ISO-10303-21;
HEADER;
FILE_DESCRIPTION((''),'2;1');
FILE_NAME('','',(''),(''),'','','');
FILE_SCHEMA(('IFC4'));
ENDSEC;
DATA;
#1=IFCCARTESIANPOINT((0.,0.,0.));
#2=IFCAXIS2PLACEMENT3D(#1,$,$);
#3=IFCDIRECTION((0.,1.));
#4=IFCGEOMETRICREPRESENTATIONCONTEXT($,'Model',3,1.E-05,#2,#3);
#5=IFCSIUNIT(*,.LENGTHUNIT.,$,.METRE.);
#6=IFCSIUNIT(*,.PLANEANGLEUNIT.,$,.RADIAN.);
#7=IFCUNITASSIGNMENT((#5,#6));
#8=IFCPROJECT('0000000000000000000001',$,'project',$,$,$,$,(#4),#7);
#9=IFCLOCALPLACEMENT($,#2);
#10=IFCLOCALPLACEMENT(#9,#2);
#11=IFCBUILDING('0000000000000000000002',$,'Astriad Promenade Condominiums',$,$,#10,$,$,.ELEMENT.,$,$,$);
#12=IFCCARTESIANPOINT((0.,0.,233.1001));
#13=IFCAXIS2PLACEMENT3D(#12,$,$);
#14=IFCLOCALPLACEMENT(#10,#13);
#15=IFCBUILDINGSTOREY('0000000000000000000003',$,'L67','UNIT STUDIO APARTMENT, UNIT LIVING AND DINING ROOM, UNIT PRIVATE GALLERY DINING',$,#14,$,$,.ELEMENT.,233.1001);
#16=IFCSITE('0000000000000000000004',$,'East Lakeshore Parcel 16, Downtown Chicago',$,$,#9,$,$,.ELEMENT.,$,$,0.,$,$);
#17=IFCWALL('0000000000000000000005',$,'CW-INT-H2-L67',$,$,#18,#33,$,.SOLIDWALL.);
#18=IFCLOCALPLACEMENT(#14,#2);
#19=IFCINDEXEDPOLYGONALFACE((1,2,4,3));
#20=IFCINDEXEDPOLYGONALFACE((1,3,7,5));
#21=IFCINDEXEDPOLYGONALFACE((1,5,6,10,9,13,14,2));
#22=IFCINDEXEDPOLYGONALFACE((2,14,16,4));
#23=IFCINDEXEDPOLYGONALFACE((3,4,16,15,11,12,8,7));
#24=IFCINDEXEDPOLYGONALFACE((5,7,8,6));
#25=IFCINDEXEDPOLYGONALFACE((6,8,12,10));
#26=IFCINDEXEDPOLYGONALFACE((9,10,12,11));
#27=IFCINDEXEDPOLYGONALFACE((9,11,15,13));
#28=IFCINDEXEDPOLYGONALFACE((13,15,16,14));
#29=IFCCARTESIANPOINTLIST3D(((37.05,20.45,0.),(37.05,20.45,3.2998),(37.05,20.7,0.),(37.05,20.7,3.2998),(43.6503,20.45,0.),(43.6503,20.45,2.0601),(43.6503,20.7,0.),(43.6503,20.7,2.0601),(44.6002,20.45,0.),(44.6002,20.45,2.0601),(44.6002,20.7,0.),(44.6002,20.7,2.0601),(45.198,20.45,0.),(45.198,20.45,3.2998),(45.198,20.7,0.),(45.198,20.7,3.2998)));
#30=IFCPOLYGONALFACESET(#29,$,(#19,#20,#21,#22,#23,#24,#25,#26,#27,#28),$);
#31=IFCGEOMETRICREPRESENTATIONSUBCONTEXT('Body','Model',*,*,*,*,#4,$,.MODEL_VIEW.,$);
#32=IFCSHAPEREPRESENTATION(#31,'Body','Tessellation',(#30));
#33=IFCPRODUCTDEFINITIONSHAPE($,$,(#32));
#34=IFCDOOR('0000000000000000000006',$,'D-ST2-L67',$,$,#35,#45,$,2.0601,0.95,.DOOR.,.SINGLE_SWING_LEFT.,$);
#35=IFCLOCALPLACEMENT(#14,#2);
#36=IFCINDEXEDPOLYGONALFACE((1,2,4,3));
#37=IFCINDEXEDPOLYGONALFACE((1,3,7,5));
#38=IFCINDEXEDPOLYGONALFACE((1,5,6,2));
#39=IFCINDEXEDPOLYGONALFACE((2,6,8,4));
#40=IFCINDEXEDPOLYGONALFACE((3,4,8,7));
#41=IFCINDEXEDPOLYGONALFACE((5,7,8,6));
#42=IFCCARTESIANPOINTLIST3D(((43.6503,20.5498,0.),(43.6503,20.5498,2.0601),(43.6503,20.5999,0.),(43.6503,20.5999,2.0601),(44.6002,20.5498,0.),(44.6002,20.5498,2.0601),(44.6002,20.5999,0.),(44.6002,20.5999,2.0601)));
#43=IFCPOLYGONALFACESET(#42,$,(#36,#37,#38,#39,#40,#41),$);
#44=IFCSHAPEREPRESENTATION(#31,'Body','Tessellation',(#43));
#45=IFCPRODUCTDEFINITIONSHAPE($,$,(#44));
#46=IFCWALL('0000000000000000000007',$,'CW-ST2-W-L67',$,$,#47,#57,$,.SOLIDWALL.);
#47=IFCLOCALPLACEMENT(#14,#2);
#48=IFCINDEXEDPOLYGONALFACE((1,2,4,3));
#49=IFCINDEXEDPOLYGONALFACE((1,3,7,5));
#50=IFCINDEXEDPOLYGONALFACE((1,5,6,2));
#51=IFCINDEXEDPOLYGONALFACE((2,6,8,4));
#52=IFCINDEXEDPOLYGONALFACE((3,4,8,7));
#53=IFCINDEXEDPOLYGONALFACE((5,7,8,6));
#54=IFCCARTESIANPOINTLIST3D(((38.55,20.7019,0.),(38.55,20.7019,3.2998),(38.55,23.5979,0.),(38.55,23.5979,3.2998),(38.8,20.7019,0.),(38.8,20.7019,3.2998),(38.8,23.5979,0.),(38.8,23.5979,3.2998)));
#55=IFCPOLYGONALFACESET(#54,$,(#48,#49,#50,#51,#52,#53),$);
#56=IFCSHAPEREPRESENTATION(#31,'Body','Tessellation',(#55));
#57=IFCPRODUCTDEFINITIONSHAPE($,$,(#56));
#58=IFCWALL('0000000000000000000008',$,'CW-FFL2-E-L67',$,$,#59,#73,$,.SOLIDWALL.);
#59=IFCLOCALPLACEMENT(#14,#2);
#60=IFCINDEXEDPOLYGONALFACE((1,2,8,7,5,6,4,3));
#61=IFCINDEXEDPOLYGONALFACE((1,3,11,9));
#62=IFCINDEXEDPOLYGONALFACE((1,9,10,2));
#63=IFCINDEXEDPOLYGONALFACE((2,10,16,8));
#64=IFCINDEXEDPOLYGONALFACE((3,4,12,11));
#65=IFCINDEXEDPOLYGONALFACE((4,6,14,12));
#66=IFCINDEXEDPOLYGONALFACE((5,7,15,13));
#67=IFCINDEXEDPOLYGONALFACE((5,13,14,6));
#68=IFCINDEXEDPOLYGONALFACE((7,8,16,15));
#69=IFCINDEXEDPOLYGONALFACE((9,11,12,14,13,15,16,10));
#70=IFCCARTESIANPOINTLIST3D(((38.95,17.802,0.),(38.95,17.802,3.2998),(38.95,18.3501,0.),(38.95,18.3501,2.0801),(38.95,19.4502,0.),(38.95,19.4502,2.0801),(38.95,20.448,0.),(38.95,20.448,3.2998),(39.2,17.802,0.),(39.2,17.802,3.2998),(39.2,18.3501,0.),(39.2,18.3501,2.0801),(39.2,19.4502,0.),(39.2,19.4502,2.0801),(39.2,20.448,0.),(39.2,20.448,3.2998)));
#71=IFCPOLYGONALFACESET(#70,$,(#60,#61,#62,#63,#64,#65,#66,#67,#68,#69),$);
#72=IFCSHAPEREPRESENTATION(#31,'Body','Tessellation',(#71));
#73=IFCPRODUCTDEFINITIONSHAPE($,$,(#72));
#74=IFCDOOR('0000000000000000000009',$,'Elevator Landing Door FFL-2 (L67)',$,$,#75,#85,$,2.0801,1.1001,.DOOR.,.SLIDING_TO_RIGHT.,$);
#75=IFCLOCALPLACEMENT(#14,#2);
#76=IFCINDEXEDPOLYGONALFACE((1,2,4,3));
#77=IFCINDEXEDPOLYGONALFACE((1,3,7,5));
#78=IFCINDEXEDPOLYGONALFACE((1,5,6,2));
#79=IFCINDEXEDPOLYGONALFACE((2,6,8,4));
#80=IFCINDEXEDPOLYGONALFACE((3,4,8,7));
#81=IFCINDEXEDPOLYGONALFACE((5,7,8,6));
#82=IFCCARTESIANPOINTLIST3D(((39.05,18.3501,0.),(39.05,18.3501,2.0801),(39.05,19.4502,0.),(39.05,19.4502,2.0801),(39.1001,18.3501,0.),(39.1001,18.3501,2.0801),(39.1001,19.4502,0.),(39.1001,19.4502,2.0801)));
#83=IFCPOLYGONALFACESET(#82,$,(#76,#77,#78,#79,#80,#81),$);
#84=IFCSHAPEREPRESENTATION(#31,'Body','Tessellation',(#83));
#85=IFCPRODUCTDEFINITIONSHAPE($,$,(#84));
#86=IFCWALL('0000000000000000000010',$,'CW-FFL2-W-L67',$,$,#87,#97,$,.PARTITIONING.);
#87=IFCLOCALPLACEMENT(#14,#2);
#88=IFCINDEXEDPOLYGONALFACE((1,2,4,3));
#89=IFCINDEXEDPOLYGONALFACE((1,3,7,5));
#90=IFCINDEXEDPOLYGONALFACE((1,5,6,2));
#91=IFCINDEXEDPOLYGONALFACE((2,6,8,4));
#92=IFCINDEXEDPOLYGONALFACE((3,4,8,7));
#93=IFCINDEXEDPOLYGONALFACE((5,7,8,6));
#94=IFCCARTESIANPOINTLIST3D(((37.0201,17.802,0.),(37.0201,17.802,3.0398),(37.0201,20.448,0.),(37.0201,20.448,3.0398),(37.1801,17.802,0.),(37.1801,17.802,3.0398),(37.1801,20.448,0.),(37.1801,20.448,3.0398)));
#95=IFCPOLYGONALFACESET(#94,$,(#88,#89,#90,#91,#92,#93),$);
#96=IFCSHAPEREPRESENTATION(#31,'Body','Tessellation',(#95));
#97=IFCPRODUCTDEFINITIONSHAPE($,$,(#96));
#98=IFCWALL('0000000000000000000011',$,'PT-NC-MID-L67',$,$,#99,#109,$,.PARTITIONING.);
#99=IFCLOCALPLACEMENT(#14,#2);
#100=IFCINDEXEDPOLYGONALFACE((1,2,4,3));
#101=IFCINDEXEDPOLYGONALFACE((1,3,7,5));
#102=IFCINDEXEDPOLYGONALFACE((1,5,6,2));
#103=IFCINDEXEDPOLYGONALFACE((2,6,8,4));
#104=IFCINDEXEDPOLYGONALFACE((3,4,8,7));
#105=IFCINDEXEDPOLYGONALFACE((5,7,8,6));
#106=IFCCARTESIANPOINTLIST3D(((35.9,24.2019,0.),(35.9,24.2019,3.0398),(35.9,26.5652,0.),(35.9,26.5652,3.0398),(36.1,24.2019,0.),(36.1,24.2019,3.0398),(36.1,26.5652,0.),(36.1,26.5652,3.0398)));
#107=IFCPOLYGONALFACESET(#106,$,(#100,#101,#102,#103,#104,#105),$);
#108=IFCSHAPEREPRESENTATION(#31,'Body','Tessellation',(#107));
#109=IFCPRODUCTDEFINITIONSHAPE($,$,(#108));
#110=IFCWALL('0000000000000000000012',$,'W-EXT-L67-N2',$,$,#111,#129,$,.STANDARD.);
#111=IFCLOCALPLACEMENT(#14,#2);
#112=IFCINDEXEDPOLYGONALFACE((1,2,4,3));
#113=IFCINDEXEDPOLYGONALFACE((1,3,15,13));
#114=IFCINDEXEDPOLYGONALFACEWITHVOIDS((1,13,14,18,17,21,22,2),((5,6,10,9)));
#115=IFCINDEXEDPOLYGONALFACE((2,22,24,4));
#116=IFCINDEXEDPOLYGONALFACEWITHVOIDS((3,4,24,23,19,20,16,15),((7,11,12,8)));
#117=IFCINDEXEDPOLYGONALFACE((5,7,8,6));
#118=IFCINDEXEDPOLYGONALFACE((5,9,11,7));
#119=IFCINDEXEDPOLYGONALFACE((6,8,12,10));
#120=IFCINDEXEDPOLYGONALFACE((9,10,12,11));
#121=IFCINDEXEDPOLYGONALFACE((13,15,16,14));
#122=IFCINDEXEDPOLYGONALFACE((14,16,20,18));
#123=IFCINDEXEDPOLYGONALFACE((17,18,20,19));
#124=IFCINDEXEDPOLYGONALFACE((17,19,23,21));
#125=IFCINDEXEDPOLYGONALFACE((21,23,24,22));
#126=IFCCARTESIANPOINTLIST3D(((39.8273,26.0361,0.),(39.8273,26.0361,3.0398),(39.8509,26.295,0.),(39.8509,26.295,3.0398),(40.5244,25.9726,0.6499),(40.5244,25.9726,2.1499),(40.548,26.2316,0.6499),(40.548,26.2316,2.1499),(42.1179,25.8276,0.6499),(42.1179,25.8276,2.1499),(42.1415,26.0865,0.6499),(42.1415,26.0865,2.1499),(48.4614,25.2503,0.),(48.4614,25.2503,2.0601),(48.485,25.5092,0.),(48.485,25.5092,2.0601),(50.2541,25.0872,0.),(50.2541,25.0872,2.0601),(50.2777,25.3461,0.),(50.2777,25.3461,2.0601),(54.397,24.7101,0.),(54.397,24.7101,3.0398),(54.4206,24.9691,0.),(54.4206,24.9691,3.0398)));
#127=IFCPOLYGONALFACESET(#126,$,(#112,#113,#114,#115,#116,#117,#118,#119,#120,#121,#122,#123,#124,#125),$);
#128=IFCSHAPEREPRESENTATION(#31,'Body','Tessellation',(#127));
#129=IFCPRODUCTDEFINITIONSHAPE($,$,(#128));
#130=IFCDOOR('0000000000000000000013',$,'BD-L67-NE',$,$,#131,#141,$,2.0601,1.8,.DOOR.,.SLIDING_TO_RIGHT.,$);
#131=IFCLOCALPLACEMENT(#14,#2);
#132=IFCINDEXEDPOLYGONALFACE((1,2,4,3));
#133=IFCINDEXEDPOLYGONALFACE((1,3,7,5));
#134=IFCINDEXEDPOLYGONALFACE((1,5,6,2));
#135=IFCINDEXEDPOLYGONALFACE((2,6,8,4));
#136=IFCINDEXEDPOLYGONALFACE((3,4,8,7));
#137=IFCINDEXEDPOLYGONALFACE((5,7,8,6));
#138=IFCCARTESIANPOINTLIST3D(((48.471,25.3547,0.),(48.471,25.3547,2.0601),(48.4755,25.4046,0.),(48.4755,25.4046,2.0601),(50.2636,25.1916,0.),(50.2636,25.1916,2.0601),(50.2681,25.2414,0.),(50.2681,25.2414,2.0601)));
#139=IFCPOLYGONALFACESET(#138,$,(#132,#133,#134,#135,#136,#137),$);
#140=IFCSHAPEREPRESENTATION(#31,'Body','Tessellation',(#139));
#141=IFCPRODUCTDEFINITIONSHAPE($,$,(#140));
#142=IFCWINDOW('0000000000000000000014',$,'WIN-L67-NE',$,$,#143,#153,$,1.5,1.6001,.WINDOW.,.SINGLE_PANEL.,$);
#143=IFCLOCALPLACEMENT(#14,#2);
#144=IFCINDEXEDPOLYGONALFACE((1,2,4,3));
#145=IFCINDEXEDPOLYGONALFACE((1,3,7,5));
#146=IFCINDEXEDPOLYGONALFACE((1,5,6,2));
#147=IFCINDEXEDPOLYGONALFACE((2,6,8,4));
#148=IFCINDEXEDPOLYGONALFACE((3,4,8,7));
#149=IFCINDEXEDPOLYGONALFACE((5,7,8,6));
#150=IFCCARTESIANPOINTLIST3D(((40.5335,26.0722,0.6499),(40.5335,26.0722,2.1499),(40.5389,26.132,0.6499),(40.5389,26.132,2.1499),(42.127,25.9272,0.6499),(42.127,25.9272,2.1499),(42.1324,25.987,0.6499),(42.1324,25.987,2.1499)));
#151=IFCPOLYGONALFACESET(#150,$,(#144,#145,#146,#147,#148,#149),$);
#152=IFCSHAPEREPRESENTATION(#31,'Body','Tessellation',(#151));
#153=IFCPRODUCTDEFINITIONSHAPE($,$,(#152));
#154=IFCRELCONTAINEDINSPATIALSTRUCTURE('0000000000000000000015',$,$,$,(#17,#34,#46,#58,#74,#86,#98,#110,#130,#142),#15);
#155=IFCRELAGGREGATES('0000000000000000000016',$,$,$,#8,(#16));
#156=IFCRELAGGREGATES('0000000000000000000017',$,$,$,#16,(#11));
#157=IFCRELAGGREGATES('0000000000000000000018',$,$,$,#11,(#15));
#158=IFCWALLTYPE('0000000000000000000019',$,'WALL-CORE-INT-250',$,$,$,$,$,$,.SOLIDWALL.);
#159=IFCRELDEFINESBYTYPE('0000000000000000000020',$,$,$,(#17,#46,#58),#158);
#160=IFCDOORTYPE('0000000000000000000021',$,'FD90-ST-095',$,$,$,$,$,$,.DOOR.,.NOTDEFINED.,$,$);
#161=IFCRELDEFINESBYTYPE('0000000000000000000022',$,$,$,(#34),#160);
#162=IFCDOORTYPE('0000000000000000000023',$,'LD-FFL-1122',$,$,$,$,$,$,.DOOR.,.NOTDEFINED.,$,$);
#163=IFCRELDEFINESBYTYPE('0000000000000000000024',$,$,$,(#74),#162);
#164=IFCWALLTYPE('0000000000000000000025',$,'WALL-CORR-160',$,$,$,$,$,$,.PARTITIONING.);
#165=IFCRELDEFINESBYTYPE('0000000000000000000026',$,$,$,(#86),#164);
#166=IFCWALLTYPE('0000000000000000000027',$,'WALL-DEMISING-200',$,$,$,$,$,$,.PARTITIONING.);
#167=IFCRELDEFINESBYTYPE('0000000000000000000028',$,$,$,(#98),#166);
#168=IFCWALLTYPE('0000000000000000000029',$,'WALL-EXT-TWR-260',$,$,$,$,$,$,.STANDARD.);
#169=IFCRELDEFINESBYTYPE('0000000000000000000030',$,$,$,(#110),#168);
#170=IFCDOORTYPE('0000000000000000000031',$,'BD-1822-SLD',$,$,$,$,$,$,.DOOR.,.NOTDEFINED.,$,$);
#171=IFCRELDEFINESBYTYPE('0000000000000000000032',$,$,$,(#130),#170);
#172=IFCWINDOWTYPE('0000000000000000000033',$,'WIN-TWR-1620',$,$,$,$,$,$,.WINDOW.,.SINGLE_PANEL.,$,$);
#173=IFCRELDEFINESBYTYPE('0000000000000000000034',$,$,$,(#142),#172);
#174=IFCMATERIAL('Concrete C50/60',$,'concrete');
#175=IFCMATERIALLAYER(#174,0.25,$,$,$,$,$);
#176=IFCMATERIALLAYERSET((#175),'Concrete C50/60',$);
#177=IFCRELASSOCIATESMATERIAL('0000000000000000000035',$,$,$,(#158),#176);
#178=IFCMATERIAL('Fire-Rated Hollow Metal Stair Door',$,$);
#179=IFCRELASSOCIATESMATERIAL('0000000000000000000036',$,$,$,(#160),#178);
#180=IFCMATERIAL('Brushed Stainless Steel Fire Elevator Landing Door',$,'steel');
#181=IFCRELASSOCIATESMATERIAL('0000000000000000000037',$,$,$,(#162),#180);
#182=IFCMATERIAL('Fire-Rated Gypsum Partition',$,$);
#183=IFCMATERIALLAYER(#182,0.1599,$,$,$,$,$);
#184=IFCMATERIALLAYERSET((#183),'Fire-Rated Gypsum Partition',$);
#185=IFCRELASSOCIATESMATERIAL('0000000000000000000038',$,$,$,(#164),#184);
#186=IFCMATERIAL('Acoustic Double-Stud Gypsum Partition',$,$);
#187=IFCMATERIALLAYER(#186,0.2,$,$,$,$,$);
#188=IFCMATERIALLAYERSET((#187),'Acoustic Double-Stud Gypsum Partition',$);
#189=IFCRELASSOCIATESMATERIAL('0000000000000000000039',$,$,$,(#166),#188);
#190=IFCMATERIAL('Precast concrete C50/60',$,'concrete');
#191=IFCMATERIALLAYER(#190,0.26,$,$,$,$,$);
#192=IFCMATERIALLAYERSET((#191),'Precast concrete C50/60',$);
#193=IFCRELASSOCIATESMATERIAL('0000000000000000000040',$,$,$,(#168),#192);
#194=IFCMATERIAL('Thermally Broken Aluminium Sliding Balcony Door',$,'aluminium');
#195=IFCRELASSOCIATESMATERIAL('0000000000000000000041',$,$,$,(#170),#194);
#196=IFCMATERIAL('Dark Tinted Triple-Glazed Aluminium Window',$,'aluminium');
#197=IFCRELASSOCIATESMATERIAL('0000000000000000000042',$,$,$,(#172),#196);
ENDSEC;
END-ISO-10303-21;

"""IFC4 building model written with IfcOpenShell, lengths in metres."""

from ifc_helpers import new_model, si_unit, direction, frame, frame_2d, origin, place, context, subcontext, project, spatial, rectangle, extrude, source, transform, mapped, material, layer, layer_set, type_object, type_shapes, element, fill, save


model = new_model("IFC4")

# Units and contexts
model_context = context("Model", 3, precision=1e-05, world=origin(), true_north=direction((0.0, 1.0)))
body_context = subcontext(model_context, "Body", "Model", "MODEL_VIEW")
ifc_project = project(units=[si_unit("LENGTHUNIT", "METRE"), si_unit("PLANEANGLEUNIT", "RADIAN")], contexts=[model_context])

# Site, building, storey
site_placement = place(None, origin())
site = spatial("IfcSite", under=ifc_project, at=site_placement, Name="East Lakeshore Parcel 16, Downtown Chicago", CompositionType="ELEMENT", RefElevation=0.0)
building_placement = place(site_placement, origin())
building = spatial("IfcBuilding", under=site, at=building_placement, Name="Astriad Promenade Condominiums", CompositionType="ELEMENT")
storey_placement = place(building_placement, frame((0.0, 0.0, 233.1001)))
storey = spatial("IfcBuildingStorey", under=building, at=storey_placement, Name="L67", Description="UNIT STUDIO APARTMENT, UNIT LIVING AND DINING ROOM, UNIT PRIVATE GALLERY DINING", CompositionType="ELEMENT", Elevation=233.1001)

# Wall, opening, door
ifc_material_1 = material(Name="Concrete C50/60", Category="concrete")
ifc_layer_1 = layer(ifc_material_1, 0.25)
ifc_layer_set_1 = layer_set([ifc_layer_1], Name="Concrete C50/60")
wall_type_1 = type_object("IfcWallType", Name="WALL-CORE-INT-250", PredefinedType="SOLIDWALL", material=ifc_layer_set_1)
wall_1_placement = place(storey_placement, frame((37.05, 20.575, 0.0), z_axis=(0.0, 0.0, 1.0), x_axis=(1.0, 0.0, 0.0)))
wall_1 = element("IfcWall", 1, at=wall_1_placement, inside=storey, type_object=wall_type_1, Name="CW-INT-H2-L67", PredefinedType="SOLIDWALL", context=body_context, shape_type="SweptSolid", body=[
    extrude(rectangle(XDim=8.1479, YDim=0.25, at=frame_2d((4.074, 0.0))), origin(), (0.0, 0.0, 1.0), 3.2998),
])
opening_1_placement = place(wall_1_placement, frame((6.6001, 0.0, 0.0)))
opening_1 = element("IfcOpeningElement", 2, at=opening_1_placement, cuts=wall_1, PredefinedType="OPENING", context=body_context, shape_type="SweptSolid", body=[
    extrude(rectangle(XDim=0.95, YDim=2.0601, at=frame_2d((0.4751, 1.03))), frame((0.0, 0.135, 0.0), z_axis=(0.0, -1.0, 0.0), x_axis=(1.0, 0.0, 0.0)), (0.0, 0.0, 1.0), 0.27),
])
ifc_material_2 = material(Name="Fire-Rated Hollow Metal Stair Door")
door_type_1 = type_object("IfcDoorType", Name="FD90-ST-095", OperationType="NOTDEFINED", PredefinedType="DOOR", material=ifc_material_2)
shared_shape_1 = source(origin(), body_context, "Body", "SweptSolid", [
    extrude(rectangle(XDim=0.95, YDim=2.0601, at=frame_2d((0.4751, 1.03))), frame((0.0, 0.0249, 0.0), z_axis=(0.0, -1.0, 0.0), x_axis=(1.0, 0.0, 0.0)), (0.0, 0.0, 1.0), 0.05),
])
type_shapes(door_type_1, [shared_shape_1])
door_1_placement = place(opening_1_placement, origin())
door_1 = element("IfcDoor", 3, at=door_1_placement, inside=storey, type_object=door_type_1, Name="D-ST2-L67", OperationType="SINGLE_SWING_LEFT", OverallHeight=2.0601, OverallWidth=0.95, PredefinedType="DOOR", context=body_context, shape_type="MappedRepresentation", body=[
    mapped(shared_shape_1, transform((0.0, 0.0, 0.0), scale=1.0)),
])
fill(opening_1, door_1)

# Wall
wall_2_placement = place(storey_placement, frame((38.675, 20.7019, 0.0), z_axis=(0.0, 0.0, 1.0), x_axis=(0.0, 1.0, 0.0)))
element("IfcWall", 4, at=wall_2_placement, inside=storey, type_object=wall_type_1, Name="CW-ST2-W-L67", PredefinedType="SOLIDWALL", context=body_context, shape_type="SweptSolid", body=[
    extrude(rectangle(XDim=2.896, YDim=0.25, at=frame_2d((1.448, 0.0))), origin(), (0.0, 0.0, 1.0), 3.2998),
])

# Wall, opening, door
wall_3_placement = place(storey_placement, frame((39.075, 17.802, 0.0), z_axis=(0.0, 0.0, 1.0), x_axis=(0.0, 1.0, 0.0)))
wall_3 = element("IfcWall", 5, at=wall_3_placement, inside=storey, type_object=wall_type_1, Name="CW-FFL2-E-L67", PredefinedType="SOLIDWALL", context=body_context, shape_type="SweptSolid", body=[
    extrude(rectangle(XDim=2.646, YDim=0.25, at=frame_2d((1.323, 0.0))), origin(), (0.0, 0.0, 1.0), 3.2998),
])
opening_2_placement = place(wall_3_placement, frame((0.5481, 0.0, 0.0)))
opening_2 = element("IfcOpeningElement", 6, at=opening_2_placement, cuts=wall_3, PredefinedType="OPENING", context=body_context, shape_type="SweptSolid", body=[
    extrude(rectangle(XDim=1.1001, YDim=2.0801, at=frame_2d((0.55, 1.04))), frame((0.0, 0.135, 0.0), z_axis=(0.0, -1.0, 0.0), x_axis=(1.0, 0.0, 0.0)), (0.0, 0.0, 1.0), 0.27),
])
ifc_material_3 = material(Name="Brushed Stainless Steel Fire Elevator Landing Door", Category="steel")
door_type_2 = type_object("IfcDoorType", Name="LD-FFL-1122", OperationType="NOTDEFINED", PredefinedType="DOOR", material=ifc_material_3)
shared_shape_2 = source(origin(), body_context, "Body", "SweptSolid", [
    extrude(rectangle(XDim=1.1001, YDim=2.0801, at=frame_2d((0.55, 1.04))), frame((0.0, 0.0249, 0.0), z_axis=(0.0, -1.0, 0.0), x_axis=(1.0, 0.0, 0.0)), (0.0, 0.0, 1.0), 0.05),
])
type_shapes(door_type_2, [shared_shape_2])
door_2_placement = place(opening_2_placement, origin())
door_2 = element("IfcDoor", 7, at=door_2_placement, inside=storey, type_object=door_type_2, Name="Elevator Landing Door FFL-2 (L67)", OperationType="SLIDING_TO_RIGHT", OverallHeight=2.0801, OverallWidth=1.1001, PredefinedType="DOOR", context=body_context, shape_type="MappedRepresentation", body=[
    mapped(shared_shape_2, transform((0.0, 0.0, 0.0), scale=1.0)),
])
fill(opening_2, door_2)

# Walls
ifc_material_4 = material(Name="Fire-Rated Gypsum Partition")
ifc_layer_2 = layer(ifc_material_4, 0.1599)
ifc_layer_set_2 = layer_set([ifc_layer_2], Name="Fire-Rated Gypsum Partition")
wall_type_2 = type_object("IfcWallType", Name="WALL-CORR-160", PredefinedType="PARTITIONING", material=ifc_layer_set_2)
wall_4_placement = place(storey_placement, frame((37.1001, 17.802, 0.0), z_axis=(0.0, 0.0, 1.0), x_axis=(0.0, 1.0, 0.0)))
element("IfcWall", 8, at=wall_4_placement, inside=storey, type_object=wall_type_2, Name="CW-FFL2-W-L67", PredefinedType="PARTITIONING", context=body_context, shape_type="SweptSolid", body=[
    extrude(rectangle(XDim=2.646, YDim=0.1599, at=frame_2d((1.323, 0.0))), origin(), (0.0, 0.0, 1.0), 3.0398),
])
ifc_material_5 = material(Name="Acoustic Double-Stud Gypsum Partition")
ifc_layer_3 = layer(ifc_material_5, 0.2)
ifc_layer_set_3 = layer_set([ifc_layer_3], Name="Acoustic Double-Stud Gypsum Partition")
wall_type_3 = type_object("IfcWallType", Name="WALL-DEMISING-200", PredefinedType="PARTITIONING", material=ifc_layer_set_3)
wall_5_placement = place(storey_placement, frame((36.0, 24.2019, 0.0), z_axis=(0.0, 0.0, 1.0), x_axis=(0.0, 1.0, 0.0)))
element("IfcWall", 9, at=wall_5_placement, inside=storey, type_object=wall_type_3, Name="PT-NC-MID-L67", PredefinedType="PARTITIONING", context=body_context, shape_type="SweptSolid", body=[
    extrude(rectangle(XDim=2.3633, YDim=0.2, at=frame_2d((1.1816, 0.0))), origin(), (0.0, 0.0, 1.0), 3.0398),
])

# Wall, openings, door, window
ifc_material_6 = material(Name="Precast concrete C50/60", Category="concrete")
ifc_layer_4 = layer(ifc_material_6, 0.26)
ifc_layer_set_4 = layer_set([ifc_layer_4], Name="Precast concrete C50/60")
wall_type_4 = type_object("IfcWallType", Name="WALL-EXT-TWR-260", PredefinedType="STANDARD", material=ifc_layer_set_4)
wall_6_placement = place(storey_placement, frame((39.8391, 26.1655, 0.0), z_axis=(0.0, 0.0, 1.0), x_axis=(0.995884, -0.090632, 0.0)))
wall_6 = element("IfcWall", 10, at=wall_6_placement, inside=storey, type_object=wall_type_4, Name="W-EXT-L67-N2", PredefinedType="STANDARD", context=body_context, shape_type="SweptSolid", body=[
    extrude(rectangle(XDim=14.6299, YDim=0.26, at=frame_2d((7.3149, 0.0))), origin(), (0.0, 0.0, 1.0), 3.0398),
])
opening_3_placement = place(wall_6_placement, frame((8.6699, 0.0, 0.0)))
opening_3 = element("IfcOpeningElement", 11, at=opening_3_placement, cuts=wall_6, PredefinedType="OPENING", context=body_context, shape_type="SweptSolid", body=[
    extrude(rectangle(XDim=1.8, YDim=2.0601, at=frame_2d((0.8999, 1.03))), frame((0.0, 0.1399, 0.0), z_axis=(0.0, -1.0, 0.0), x_axis=(1.0, 0.0, 0.0)), (0.0, 0.0, 1.0), 0.28),
])
opening_4_placement = place(wall_6_placement, frame((0.7, 0.0, 0.6499)))
opening_4 = element("IfcOpeningElement", 12, at=opening_4_placement, cuts=wall_6, PredefinedType="OPENING", context=body_context, shape_type="SweptSolid", body=[
    extrude(rectangle(XDim=1.6001, YDim=1.5, at=frame_2d((0.8, 0.75))), frame((0.0, 0.1399, 0.0), z_axis=(0.0, -1.0, 0.0), x_axis=(1.0, 0.0, 0.0)), (0.0, 0.0, 1.0), 0.28),
])
ifc_material_7 = material(Name="Thermally Broken Aluminium Sliding Balcony Door", Category="aluminium")
door_type_3 = type_object("IfcDoorType", Name="BD-1822-SLD", OperationType="NOTDEFINED", PredefinedType="DOOR", material=ifc_material_7)
shared_shape_3 = source(origin(), body_context, "Body", "SweptSolid", [
    extrude(rectangle(XDim=1.8, YDim=2.0601, at=frame_2d((0.8999, 1.03))), frame((0.0, 0.0249, 0.0), z_axis=(0.0, -1.0, 0.0), x_axis=(1.0, 0.0, 0.0)), (0.0, 0.0, 1.0), 0.05),
])
type_shapes(door_type_3, [shared_shape_3])
door_3_placement = place(opening_3_placement, origin())
door_3 = element("IfcDoor", 13, at=door_3_placement, inside=storey, type_object=door_type_3, Name="BD-L67-NE", OperationType="SLIDING_TO_RIGHT", OverallHeight=2.0601, OverallWidth=1.8, PredefinedType="DOOR", context=body_context, shape_type="MappedRepresentation", body=[
    mapped(shared_shape_3, transform((0.0, 0.0, 0.0), scale=1.0)),
])
fill(opening_3, door_3)
ifc_material_8 = material(Name="Dark Tinted Triple-Glazed Aluminium Window", Category="aluminium")
window_type = type_object("IfcWindowType", Name="WIN-TWR-1620", PartitioningType="SINGLE_PANEL", PredefinedType="WINDOW", material=ifc_material_8)
shared_shape_4 = source(origin(), body_context, "Body", "SweptSolid", [
    extrude(rectangle(XDim=1.6001, YDim=1.5, at=frame_2d((0.8, 0.75))), frame((0.0, 0.03, 0.0), z_axis=(0.0, -1.0, 0.0), x_axis=(1.0, 0.0, 0.0)), (0.0, 0.0, 1.0), 0.0601),
])
type_shapes(window_type, [shared_shape_4])
window_placement = place(opening_4_placement, origin())
window = element("IfcWindow", 14, at=window_placement, inside=storey, type_object=window_type, Name="WIN-L67-NE", OverallHeight=1.5, OverallWidth=1.6001, PartitioningType="SINGLE_PANEL", PredefinedType="WINDOW", context=body_context, shape_type="MappedRepresentation", body=[
    mapped(shared_shape_4, transform((0.0, 0.0, 0.0), scale=1.0)),
])
fill(opening_4, window)

save(model, "model.ifc")
